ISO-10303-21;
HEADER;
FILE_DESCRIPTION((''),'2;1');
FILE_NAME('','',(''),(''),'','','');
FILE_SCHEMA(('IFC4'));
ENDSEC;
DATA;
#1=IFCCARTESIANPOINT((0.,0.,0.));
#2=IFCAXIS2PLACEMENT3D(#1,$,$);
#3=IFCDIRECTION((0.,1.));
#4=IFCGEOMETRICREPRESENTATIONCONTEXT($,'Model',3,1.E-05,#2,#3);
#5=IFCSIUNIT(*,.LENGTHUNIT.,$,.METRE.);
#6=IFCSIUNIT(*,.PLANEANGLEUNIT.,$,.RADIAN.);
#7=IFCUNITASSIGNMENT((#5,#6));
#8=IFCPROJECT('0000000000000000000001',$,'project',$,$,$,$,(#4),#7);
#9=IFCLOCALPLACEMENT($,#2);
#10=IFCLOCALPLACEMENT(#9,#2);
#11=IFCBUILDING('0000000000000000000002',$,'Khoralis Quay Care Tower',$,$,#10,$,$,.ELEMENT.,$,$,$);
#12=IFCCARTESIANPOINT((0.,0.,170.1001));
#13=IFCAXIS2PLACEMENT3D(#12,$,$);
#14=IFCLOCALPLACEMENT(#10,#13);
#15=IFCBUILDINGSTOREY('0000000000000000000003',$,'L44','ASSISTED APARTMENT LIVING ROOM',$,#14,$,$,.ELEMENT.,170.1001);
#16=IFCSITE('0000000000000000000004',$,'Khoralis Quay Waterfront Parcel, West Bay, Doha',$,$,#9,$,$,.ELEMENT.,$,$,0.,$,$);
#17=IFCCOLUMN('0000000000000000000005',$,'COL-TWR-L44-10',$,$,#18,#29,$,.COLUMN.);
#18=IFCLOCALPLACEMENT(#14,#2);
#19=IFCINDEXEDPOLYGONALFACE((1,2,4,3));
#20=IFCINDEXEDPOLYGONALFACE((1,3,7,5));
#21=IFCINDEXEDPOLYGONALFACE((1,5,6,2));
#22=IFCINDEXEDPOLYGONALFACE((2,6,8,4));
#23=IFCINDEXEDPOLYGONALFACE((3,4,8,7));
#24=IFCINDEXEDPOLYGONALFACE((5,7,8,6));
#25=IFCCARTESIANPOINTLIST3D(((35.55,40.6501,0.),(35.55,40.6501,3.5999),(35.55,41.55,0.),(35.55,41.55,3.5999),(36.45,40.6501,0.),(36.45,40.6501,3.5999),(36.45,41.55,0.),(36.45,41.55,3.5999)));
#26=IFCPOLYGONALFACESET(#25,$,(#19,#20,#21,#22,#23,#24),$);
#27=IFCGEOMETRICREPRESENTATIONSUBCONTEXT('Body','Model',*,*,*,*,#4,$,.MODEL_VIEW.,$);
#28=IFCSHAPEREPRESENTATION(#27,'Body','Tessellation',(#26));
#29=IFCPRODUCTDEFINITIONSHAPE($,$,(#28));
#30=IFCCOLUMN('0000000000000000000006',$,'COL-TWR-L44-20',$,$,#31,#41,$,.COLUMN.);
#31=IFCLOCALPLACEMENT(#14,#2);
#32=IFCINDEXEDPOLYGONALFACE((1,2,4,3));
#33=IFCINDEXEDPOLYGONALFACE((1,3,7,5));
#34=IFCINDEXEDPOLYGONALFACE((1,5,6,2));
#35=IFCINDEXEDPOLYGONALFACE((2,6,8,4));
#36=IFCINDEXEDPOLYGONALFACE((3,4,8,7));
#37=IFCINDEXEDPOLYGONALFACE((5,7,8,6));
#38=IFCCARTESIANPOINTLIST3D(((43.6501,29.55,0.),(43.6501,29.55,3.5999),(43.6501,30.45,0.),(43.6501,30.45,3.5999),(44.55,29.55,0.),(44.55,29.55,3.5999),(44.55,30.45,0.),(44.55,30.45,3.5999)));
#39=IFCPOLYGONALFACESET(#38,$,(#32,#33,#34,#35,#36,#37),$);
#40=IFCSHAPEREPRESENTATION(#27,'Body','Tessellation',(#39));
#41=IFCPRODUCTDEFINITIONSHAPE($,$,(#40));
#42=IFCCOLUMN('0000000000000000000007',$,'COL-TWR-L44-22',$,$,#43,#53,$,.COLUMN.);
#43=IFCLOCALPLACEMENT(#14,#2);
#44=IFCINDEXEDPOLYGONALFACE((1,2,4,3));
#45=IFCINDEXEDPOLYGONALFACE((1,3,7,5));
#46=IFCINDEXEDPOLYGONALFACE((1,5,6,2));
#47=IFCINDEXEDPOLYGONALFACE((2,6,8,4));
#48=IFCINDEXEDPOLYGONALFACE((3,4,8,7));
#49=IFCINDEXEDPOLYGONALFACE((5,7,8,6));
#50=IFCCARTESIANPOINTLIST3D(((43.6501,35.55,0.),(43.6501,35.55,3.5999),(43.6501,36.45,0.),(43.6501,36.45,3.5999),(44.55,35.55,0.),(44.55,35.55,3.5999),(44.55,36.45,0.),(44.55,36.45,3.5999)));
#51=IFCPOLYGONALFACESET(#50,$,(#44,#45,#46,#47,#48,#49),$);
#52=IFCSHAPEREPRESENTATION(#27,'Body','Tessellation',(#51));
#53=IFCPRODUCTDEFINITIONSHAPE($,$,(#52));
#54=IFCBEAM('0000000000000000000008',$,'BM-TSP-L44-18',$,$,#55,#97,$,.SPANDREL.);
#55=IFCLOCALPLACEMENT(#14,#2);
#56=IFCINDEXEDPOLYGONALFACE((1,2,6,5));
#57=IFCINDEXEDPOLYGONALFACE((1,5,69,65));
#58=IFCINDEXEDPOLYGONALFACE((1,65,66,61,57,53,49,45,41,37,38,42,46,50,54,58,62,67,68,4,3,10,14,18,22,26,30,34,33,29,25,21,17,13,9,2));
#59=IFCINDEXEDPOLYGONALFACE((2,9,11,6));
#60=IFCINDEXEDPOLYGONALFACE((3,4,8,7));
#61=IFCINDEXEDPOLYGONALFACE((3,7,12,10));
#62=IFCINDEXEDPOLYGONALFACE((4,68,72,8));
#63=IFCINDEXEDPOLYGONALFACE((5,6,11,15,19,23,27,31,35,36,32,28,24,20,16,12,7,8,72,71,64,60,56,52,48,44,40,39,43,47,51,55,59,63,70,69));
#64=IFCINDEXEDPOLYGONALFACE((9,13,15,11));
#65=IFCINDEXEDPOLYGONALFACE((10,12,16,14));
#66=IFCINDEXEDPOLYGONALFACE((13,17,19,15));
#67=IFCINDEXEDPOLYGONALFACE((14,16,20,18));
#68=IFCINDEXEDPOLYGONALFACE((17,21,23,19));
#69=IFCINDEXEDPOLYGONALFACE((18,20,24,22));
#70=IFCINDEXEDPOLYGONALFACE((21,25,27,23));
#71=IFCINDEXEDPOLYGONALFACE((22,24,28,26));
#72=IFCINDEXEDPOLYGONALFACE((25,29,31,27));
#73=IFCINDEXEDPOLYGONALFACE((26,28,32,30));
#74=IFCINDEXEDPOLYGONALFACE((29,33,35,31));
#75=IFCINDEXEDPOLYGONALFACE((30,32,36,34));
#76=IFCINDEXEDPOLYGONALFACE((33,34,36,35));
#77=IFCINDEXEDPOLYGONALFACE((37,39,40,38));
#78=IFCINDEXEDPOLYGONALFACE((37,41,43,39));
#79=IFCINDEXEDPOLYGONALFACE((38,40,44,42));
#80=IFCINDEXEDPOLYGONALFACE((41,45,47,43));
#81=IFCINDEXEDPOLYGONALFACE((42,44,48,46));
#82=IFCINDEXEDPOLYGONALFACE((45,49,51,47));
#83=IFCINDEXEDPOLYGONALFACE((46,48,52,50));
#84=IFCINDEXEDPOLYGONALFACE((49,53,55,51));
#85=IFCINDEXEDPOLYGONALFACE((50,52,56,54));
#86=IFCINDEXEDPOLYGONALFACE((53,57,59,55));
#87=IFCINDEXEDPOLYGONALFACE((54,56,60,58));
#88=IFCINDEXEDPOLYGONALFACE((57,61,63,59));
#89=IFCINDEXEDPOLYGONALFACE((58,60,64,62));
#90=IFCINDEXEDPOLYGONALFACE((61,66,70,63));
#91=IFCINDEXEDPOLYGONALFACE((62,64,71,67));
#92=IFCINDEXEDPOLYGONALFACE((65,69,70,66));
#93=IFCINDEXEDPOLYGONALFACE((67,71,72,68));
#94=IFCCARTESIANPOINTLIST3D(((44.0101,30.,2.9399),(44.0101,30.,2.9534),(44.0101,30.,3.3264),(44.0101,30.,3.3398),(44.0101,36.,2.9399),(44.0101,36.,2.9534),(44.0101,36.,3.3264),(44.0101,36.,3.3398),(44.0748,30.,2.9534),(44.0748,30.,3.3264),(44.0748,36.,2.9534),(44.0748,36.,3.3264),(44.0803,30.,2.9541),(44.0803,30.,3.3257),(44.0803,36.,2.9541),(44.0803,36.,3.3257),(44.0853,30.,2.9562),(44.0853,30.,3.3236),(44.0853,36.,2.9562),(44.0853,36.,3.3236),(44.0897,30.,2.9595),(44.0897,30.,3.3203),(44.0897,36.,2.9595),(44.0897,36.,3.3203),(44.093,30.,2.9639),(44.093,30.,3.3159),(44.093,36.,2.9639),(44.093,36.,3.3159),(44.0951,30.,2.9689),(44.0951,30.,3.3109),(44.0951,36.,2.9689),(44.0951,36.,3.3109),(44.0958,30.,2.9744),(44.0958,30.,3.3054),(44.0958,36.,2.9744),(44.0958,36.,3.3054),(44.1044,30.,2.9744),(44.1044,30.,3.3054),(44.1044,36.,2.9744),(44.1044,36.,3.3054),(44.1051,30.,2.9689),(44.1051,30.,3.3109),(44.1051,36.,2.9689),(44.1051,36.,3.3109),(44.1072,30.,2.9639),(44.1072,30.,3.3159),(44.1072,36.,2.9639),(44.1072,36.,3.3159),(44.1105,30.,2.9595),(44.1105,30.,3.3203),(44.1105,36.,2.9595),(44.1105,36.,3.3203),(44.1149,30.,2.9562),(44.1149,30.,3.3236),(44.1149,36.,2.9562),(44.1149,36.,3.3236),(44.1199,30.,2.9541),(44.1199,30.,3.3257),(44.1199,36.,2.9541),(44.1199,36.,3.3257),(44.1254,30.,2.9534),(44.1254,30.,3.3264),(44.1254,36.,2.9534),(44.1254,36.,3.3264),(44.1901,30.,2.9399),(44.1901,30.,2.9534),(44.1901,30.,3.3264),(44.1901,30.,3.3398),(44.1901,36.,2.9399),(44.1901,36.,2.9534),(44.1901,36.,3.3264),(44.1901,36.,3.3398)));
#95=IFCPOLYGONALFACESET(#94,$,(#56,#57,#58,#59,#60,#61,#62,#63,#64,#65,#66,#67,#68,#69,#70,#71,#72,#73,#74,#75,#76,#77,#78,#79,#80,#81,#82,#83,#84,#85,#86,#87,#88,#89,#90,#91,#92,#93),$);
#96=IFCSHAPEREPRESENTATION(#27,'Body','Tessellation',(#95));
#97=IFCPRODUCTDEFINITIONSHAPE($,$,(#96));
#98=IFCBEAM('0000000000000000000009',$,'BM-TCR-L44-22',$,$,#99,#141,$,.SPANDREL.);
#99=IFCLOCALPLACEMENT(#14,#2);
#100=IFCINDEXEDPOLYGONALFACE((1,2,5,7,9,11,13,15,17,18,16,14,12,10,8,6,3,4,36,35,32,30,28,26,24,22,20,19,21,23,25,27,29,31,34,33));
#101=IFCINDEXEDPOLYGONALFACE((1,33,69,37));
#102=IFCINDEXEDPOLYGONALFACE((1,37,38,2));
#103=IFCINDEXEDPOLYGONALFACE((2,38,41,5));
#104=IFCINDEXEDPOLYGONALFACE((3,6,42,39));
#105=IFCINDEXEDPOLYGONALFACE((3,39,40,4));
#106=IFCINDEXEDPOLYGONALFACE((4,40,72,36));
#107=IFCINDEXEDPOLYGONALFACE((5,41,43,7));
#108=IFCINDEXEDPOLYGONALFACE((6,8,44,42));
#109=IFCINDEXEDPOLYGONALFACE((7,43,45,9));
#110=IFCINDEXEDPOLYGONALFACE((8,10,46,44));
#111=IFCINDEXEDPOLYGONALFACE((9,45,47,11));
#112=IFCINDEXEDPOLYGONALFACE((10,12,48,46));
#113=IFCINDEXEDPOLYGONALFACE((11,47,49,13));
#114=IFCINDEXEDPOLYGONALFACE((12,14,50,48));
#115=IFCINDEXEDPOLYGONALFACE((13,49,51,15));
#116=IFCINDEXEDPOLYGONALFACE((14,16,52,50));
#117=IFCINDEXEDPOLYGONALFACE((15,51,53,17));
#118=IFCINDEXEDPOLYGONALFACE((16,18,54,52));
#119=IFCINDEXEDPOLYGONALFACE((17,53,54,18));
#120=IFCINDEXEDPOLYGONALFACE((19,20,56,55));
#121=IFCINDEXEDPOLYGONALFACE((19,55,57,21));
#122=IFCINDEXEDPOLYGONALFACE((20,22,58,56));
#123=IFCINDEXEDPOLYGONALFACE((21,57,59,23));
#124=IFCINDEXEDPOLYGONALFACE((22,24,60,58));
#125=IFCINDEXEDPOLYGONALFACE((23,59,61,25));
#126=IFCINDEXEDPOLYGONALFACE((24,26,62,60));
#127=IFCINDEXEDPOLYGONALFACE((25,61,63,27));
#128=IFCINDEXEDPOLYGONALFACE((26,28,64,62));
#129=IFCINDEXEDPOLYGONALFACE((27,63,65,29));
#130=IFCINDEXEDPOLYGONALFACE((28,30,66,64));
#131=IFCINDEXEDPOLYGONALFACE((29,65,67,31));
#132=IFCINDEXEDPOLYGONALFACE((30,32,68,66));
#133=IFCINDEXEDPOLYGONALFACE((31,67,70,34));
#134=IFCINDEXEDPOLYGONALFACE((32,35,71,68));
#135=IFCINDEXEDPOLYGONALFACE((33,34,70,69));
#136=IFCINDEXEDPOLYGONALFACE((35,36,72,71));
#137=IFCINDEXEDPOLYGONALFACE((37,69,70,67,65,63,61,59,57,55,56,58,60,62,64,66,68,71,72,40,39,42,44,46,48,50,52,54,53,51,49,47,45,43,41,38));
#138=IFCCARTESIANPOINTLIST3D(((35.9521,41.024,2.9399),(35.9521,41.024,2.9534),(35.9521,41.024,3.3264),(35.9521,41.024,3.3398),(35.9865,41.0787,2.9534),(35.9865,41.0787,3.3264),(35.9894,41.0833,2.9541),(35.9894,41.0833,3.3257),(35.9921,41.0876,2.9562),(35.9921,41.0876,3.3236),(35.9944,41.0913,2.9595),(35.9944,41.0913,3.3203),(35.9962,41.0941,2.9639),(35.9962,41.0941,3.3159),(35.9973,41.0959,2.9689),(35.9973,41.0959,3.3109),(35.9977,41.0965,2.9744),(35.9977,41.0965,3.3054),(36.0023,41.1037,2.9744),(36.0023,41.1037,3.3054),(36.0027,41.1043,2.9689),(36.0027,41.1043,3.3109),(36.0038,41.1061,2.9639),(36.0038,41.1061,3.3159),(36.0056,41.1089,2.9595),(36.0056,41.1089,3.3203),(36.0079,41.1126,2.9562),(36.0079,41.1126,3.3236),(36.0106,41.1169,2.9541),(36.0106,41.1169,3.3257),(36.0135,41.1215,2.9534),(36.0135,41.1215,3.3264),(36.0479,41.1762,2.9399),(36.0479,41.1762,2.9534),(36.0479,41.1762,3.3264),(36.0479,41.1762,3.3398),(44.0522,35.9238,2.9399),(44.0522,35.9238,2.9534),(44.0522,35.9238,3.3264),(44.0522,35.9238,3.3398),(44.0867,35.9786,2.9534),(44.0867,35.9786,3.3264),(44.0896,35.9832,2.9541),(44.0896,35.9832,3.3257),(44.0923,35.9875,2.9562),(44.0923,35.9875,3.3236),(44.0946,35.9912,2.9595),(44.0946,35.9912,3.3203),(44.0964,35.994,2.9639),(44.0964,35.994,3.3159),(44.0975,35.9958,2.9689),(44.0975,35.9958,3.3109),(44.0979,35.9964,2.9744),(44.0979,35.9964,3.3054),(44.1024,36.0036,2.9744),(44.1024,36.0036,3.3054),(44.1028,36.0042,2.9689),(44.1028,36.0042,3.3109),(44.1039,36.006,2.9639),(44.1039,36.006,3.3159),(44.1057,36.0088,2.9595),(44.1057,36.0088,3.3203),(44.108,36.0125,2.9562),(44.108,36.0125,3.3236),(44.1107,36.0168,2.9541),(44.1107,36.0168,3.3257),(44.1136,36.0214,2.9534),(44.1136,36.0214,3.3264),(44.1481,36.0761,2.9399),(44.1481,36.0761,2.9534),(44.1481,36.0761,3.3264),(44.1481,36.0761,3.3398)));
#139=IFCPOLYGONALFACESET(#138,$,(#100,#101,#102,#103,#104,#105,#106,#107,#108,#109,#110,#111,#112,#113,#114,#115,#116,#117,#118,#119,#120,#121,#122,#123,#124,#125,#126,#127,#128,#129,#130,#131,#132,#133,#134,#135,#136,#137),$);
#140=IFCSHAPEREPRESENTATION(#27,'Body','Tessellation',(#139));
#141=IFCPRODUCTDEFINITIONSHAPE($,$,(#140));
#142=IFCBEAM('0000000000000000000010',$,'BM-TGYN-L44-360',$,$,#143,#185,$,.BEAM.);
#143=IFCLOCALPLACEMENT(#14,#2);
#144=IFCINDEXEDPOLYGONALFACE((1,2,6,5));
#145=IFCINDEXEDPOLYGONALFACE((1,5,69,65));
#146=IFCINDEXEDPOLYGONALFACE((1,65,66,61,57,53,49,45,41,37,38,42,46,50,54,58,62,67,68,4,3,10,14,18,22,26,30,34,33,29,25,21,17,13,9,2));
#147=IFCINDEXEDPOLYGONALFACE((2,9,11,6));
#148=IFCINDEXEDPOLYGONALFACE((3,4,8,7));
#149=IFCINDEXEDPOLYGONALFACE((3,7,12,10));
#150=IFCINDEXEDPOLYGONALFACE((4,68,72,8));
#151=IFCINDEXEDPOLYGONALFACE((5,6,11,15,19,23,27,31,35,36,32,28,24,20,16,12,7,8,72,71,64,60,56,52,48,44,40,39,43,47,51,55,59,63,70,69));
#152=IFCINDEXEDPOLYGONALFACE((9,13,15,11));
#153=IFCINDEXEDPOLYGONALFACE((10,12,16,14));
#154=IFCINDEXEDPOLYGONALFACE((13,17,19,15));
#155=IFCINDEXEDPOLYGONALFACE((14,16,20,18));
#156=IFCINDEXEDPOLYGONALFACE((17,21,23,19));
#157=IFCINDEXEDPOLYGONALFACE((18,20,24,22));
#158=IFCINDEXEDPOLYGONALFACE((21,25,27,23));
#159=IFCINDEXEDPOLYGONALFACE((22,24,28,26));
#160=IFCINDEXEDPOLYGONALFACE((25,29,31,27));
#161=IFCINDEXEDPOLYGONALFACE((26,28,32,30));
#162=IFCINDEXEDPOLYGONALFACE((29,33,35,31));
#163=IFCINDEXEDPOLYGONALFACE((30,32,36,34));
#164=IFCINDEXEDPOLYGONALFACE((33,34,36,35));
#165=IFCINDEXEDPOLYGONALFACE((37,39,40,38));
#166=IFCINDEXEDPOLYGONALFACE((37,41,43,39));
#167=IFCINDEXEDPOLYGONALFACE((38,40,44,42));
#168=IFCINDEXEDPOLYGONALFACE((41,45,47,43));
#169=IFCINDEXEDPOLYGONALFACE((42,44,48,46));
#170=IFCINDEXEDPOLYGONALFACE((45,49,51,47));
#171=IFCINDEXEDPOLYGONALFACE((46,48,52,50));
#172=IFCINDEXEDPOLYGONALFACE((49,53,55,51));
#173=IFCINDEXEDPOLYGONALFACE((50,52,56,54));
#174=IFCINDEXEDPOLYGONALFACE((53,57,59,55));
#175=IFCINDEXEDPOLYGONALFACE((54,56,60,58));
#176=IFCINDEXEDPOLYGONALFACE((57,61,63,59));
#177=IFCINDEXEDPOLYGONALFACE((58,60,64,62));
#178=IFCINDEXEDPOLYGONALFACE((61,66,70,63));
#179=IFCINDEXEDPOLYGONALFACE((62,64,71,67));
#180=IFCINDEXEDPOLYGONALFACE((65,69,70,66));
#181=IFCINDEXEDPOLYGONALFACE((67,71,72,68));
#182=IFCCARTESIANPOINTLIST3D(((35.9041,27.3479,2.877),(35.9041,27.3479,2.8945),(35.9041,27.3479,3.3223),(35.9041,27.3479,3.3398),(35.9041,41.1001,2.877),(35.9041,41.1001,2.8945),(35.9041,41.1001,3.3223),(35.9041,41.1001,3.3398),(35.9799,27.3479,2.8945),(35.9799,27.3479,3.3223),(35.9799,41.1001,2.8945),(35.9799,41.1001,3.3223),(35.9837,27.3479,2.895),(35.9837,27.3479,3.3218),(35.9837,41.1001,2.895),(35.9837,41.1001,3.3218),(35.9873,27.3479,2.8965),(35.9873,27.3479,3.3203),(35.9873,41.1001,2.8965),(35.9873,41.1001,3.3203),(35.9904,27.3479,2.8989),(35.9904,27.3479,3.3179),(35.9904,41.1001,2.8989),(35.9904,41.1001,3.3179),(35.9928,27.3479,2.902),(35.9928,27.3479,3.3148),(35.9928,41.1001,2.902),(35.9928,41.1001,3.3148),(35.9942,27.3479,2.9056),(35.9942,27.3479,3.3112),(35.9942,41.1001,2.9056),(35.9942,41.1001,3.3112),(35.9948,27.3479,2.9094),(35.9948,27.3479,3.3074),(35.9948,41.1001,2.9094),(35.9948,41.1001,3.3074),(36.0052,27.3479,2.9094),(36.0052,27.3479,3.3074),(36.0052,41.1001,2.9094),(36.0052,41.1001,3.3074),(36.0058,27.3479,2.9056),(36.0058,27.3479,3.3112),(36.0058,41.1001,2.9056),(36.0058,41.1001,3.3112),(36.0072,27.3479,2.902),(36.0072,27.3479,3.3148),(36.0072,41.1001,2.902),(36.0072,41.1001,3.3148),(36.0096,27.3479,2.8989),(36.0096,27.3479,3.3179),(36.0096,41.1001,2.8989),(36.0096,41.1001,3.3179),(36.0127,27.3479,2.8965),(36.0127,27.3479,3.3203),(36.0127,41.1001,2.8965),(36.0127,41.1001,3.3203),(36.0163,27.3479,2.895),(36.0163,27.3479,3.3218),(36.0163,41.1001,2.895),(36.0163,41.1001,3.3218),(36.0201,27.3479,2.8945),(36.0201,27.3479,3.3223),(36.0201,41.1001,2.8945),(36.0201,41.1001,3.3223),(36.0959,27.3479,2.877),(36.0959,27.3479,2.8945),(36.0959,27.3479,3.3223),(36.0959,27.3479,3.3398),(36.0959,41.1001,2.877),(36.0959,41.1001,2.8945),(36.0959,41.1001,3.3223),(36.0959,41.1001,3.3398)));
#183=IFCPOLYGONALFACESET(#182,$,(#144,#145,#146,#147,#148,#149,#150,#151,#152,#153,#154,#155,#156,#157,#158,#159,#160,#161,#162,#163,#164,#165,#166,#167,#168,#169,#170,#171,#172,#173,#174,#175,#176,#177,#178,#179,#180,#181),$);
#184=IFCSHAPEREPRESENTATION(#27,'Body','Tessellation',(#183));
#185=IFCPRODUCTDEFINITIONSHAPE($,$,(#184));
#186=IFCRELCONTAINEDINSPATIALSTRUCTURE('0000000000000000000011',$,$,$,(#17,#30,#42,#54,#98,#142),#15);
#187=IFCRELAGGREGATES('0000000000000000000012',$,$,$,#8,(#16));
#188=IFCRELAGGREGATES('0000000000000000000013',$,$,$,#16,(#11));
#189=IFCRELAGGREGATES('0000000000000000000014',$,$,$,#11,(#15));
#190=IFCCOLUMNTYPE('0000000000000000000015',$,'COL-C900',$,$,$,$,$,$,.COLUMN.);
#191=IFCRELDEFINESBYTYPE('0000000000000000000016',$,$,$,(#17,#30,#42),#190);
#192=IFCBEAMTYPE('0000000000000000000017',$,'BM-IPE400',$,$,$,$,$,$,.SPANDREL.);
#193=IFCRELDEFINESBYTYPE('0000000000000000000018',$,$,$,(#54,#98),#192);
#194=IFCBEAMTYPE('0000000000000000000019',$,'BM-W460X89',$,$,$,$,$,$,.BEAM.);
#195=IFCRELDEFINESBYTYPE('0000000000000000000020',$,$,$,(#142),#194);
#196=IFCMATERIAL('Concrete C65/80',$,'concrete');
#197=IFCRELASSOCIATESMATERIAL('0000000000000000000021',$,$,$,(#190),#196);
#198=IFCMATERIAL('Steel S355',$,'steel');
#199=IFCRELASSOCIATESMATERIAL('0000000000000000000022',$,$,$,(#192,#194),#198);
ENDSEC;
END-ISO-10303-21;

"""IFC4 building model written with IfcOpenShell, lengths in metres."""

from ifc_helpers import new_model, si_unit, direction, frame, origin, origin_2d, place, context, subcontext, project, spatial, rectangle, i_section, extrude, source, transform, mapped, material, material_profile, profile_set, type_object, element, save


model = new_model("IFC4")

# Units and contexts
model_context = context("Model", 3, precision=1e-05, world=origin(), true_north=direction((0.0, 1.0)))
body_context = subcontext(model_context, "Body", "Model", "MODEL_VIEW")
ifc_project = project(units=[si_unit("LENGTHUNIT", "METRE"), si_unit("PLANEANGLEUNIT", "RADIAN")], contexts=[model_context])

# Site, building, storey
site_placement = place(None, origin())
site = spatial("IfcSite", under=ifc_project, at=site_placement, Name="Khoralis Quay Waterfront Parcel, West Bay, Doha", CompositionType="ELEMENT", RefElevation=0.0)
building_placement = place(site_placement, origin())
building = spatial("IfcBuilding", under=site, at=building_placement, Name="Khoralis Quay Care Tower", CompositionType="ELEMENT")
storey_placement = place(building_placement, frame((0.0, 0.0, 170.1001)))
storey = spatial("IfcBuildingStorey", under=building, at=storey_placement, Name="L44", Description="ASSISTED APARTMENT LIVING ROOM", CompositionType="ELEMENT", Elevation=170.1001)

# Columns
ifc_material_1 = material(Name="Concrete C65/80", Category="concrete")
ifc_material_profile_1 = material_profile(ifc_material_1, rectangle(XDim=0.8999, YDim=0.8999, at=origin_2d()), Name="Concrete C65/80")
ifc_profile_set_1 = profile_set([ifc_material_profile_1], Name="Concrete C65/80")
column_type = type_object("IfcColumnType", Name="COL-C900", PredefinedType="COLUMN", material=ifc_profile_set_1)
shared_shape_1 = source(origin(), body_context, "Body", "SweptSolid", [
    extrude(rectangle(XDim=0.8999, YDim=0.8999, at=origin_2d()), origin(), (0.0, 0.0, 1.0), 3.5999),
])
for number, where, z_axis, x_axis, name in (
    (1, (36.0, 41.1001, 0.0), (0.0, 0.0, 1.0), (1.0, 0.0, 0.0), "COL-TWR-L44-10"),
    (2, (44.1001, 30.0, 0.0), (0.0, 0.0, 1.0), (1.0, 0.0, 0.0), "COL-TWR-L44-20"),
    (3, (44.1001, 36.0, 0.0), (0.0, 0.0, 1.0), (1.0, 0.0, 0.0), "COL-TWR-L44-22"),
):
    element("IfcColumn", number, at=place(storey_placement, frame(where, z_axis=z_axis, x_axis=x_axis)), inside=storey, type_object=column_type, Name=name, PredefinedType="COLUMN", context=body_context, shape_type="MappedRepresentation", body=[
        mapped(shared_shape_1, transform((0.0, 0.0, 0.0), scale=1.0)),
    ])

# Beams
ifc_material_2 = material(Name="Steel S355", Category="steel")
ifc_material_profile_2 = material_profile(ifc_material_2, i_section(OverallWidth=0.1799, OverallDepth=0.3999, WebThickness=0.0085, FlangeThickness=0.0134, FilletRadius=0.021, at=origin_2d()), Name="Steel S355")
ifc_profile_set_2 = profile_set([ifc_material_profile_2], Name="Steel S355")
beam_type_1 = type_object("IfcBeamType", Name="BM-IPE400", PredefinedType="SPANDREL", material=ifc_profile_set_2)
shared_shape_2 = source(origin(), body_context, "Body", "SweptSolid", [
    extrude(i_section(OverallWidth=0.1799, OverallDepth=0.3999, WebThickness=0.0085, FlangeThickness=0.0134, FilletRadius=0.021, at=origin_2d()), origin(), (0.0, 0.0, 1.0), 6.0),
])
beam_1_placement = place(storey_placement, frame((44.1001, 30.0, 3.1399), z_axis=(0.0, 1.0, 0.0), x_axis=(-1.0, 0.0, 0.0)))
element("IfcBeam", 4, at=beam_1_placement, inside=storey, type_object=beam_type_1, Name="BM-TSP-L44-18", PredefinedType="SPANDREL", context=body_context, shape_type="MappedRepresentation", body=[
    mapped(shared_shape_2, transform((0.0, 0.0, 0.0), scale=1.0)),
])
shared_shape_3 = source(origin(), body_context, "Body", "SweptSolid", [
    extrude(i_section(OverallWidth=0.1799, OverallDepth=0.3999, WebThickness=0.0085, FlangeThickness=0.0134, FilletRadius=0.021, at=origin_2d()), origin(), (0.0, 0.0, 1.0), 9.572),
])
beam_2_placement = place(storey_placement, frame((36.0, 41.1001, 3.1399), z_axis=(0.846231, -0.532816, 0.0), x_axis=(0.532816, 0.846231, 0.0)))
element("IfcBeam", 5, at=beam_2_placement, inside=storey, type_object=beam_type_1, Name="BM-TCR-L44-22", PredefinedType="SPANDREL", context=body_context, shape_type="MappedRepresentation", body=[
    mapped(shared_shape_3, transform((0.0, 0.0, 0.0), scale=1.0)),
])
ifc_material_profile_3 = material_profile(ifc_material_2, i_section(OverallWidth=0.1919, OverallDepth=0.4629, WebThickness=0.0105, FlangeThickness=0.0176, FilletRadius=0.0149, at=origin_2d()), Name="Steel S355")
ifc_profile_set_3 = profile_set([ifc_material_profile_3], Name="Steel S355")
beam_type_2 = type_object("IfcBeamType", Name="BM-W460X89", PredefinedType="BEAM", material=ifc_profile_set_3)
shared_shape_4 = source(origin(), body_context, "Body", "SweptSolid", [
    extrude(i_section(OverallWidth=0.1919, OverallDepth=0.4629, WebThickness=0.0105, FlangeThickness=0.0176, FilletRadius=0.0149, at=origin_2d()), origin(), (0.0, 0.0, 1.0), 13.7522),
])
beam_3_placement = place(storey_placement, frame((36.0, 27.3479, 3.1084), z_axis=(0.0, 1.0, 0.0), x_axis=(-1.0, 0.0, 0.0)))
element("IfcBeam", 6, at=beam_3_placement, inside=storey, type_object=beam_type_2, Name="BM-TGYN-L44-360", PredefinedType="BEAM", context=body_context, shape_type="MappedRepresentation", body=[
    mapped(shared_shape_4, transform((0.0, 0.0, 0.0), scale=1.0)),
])

save(model, "model.ifc")
